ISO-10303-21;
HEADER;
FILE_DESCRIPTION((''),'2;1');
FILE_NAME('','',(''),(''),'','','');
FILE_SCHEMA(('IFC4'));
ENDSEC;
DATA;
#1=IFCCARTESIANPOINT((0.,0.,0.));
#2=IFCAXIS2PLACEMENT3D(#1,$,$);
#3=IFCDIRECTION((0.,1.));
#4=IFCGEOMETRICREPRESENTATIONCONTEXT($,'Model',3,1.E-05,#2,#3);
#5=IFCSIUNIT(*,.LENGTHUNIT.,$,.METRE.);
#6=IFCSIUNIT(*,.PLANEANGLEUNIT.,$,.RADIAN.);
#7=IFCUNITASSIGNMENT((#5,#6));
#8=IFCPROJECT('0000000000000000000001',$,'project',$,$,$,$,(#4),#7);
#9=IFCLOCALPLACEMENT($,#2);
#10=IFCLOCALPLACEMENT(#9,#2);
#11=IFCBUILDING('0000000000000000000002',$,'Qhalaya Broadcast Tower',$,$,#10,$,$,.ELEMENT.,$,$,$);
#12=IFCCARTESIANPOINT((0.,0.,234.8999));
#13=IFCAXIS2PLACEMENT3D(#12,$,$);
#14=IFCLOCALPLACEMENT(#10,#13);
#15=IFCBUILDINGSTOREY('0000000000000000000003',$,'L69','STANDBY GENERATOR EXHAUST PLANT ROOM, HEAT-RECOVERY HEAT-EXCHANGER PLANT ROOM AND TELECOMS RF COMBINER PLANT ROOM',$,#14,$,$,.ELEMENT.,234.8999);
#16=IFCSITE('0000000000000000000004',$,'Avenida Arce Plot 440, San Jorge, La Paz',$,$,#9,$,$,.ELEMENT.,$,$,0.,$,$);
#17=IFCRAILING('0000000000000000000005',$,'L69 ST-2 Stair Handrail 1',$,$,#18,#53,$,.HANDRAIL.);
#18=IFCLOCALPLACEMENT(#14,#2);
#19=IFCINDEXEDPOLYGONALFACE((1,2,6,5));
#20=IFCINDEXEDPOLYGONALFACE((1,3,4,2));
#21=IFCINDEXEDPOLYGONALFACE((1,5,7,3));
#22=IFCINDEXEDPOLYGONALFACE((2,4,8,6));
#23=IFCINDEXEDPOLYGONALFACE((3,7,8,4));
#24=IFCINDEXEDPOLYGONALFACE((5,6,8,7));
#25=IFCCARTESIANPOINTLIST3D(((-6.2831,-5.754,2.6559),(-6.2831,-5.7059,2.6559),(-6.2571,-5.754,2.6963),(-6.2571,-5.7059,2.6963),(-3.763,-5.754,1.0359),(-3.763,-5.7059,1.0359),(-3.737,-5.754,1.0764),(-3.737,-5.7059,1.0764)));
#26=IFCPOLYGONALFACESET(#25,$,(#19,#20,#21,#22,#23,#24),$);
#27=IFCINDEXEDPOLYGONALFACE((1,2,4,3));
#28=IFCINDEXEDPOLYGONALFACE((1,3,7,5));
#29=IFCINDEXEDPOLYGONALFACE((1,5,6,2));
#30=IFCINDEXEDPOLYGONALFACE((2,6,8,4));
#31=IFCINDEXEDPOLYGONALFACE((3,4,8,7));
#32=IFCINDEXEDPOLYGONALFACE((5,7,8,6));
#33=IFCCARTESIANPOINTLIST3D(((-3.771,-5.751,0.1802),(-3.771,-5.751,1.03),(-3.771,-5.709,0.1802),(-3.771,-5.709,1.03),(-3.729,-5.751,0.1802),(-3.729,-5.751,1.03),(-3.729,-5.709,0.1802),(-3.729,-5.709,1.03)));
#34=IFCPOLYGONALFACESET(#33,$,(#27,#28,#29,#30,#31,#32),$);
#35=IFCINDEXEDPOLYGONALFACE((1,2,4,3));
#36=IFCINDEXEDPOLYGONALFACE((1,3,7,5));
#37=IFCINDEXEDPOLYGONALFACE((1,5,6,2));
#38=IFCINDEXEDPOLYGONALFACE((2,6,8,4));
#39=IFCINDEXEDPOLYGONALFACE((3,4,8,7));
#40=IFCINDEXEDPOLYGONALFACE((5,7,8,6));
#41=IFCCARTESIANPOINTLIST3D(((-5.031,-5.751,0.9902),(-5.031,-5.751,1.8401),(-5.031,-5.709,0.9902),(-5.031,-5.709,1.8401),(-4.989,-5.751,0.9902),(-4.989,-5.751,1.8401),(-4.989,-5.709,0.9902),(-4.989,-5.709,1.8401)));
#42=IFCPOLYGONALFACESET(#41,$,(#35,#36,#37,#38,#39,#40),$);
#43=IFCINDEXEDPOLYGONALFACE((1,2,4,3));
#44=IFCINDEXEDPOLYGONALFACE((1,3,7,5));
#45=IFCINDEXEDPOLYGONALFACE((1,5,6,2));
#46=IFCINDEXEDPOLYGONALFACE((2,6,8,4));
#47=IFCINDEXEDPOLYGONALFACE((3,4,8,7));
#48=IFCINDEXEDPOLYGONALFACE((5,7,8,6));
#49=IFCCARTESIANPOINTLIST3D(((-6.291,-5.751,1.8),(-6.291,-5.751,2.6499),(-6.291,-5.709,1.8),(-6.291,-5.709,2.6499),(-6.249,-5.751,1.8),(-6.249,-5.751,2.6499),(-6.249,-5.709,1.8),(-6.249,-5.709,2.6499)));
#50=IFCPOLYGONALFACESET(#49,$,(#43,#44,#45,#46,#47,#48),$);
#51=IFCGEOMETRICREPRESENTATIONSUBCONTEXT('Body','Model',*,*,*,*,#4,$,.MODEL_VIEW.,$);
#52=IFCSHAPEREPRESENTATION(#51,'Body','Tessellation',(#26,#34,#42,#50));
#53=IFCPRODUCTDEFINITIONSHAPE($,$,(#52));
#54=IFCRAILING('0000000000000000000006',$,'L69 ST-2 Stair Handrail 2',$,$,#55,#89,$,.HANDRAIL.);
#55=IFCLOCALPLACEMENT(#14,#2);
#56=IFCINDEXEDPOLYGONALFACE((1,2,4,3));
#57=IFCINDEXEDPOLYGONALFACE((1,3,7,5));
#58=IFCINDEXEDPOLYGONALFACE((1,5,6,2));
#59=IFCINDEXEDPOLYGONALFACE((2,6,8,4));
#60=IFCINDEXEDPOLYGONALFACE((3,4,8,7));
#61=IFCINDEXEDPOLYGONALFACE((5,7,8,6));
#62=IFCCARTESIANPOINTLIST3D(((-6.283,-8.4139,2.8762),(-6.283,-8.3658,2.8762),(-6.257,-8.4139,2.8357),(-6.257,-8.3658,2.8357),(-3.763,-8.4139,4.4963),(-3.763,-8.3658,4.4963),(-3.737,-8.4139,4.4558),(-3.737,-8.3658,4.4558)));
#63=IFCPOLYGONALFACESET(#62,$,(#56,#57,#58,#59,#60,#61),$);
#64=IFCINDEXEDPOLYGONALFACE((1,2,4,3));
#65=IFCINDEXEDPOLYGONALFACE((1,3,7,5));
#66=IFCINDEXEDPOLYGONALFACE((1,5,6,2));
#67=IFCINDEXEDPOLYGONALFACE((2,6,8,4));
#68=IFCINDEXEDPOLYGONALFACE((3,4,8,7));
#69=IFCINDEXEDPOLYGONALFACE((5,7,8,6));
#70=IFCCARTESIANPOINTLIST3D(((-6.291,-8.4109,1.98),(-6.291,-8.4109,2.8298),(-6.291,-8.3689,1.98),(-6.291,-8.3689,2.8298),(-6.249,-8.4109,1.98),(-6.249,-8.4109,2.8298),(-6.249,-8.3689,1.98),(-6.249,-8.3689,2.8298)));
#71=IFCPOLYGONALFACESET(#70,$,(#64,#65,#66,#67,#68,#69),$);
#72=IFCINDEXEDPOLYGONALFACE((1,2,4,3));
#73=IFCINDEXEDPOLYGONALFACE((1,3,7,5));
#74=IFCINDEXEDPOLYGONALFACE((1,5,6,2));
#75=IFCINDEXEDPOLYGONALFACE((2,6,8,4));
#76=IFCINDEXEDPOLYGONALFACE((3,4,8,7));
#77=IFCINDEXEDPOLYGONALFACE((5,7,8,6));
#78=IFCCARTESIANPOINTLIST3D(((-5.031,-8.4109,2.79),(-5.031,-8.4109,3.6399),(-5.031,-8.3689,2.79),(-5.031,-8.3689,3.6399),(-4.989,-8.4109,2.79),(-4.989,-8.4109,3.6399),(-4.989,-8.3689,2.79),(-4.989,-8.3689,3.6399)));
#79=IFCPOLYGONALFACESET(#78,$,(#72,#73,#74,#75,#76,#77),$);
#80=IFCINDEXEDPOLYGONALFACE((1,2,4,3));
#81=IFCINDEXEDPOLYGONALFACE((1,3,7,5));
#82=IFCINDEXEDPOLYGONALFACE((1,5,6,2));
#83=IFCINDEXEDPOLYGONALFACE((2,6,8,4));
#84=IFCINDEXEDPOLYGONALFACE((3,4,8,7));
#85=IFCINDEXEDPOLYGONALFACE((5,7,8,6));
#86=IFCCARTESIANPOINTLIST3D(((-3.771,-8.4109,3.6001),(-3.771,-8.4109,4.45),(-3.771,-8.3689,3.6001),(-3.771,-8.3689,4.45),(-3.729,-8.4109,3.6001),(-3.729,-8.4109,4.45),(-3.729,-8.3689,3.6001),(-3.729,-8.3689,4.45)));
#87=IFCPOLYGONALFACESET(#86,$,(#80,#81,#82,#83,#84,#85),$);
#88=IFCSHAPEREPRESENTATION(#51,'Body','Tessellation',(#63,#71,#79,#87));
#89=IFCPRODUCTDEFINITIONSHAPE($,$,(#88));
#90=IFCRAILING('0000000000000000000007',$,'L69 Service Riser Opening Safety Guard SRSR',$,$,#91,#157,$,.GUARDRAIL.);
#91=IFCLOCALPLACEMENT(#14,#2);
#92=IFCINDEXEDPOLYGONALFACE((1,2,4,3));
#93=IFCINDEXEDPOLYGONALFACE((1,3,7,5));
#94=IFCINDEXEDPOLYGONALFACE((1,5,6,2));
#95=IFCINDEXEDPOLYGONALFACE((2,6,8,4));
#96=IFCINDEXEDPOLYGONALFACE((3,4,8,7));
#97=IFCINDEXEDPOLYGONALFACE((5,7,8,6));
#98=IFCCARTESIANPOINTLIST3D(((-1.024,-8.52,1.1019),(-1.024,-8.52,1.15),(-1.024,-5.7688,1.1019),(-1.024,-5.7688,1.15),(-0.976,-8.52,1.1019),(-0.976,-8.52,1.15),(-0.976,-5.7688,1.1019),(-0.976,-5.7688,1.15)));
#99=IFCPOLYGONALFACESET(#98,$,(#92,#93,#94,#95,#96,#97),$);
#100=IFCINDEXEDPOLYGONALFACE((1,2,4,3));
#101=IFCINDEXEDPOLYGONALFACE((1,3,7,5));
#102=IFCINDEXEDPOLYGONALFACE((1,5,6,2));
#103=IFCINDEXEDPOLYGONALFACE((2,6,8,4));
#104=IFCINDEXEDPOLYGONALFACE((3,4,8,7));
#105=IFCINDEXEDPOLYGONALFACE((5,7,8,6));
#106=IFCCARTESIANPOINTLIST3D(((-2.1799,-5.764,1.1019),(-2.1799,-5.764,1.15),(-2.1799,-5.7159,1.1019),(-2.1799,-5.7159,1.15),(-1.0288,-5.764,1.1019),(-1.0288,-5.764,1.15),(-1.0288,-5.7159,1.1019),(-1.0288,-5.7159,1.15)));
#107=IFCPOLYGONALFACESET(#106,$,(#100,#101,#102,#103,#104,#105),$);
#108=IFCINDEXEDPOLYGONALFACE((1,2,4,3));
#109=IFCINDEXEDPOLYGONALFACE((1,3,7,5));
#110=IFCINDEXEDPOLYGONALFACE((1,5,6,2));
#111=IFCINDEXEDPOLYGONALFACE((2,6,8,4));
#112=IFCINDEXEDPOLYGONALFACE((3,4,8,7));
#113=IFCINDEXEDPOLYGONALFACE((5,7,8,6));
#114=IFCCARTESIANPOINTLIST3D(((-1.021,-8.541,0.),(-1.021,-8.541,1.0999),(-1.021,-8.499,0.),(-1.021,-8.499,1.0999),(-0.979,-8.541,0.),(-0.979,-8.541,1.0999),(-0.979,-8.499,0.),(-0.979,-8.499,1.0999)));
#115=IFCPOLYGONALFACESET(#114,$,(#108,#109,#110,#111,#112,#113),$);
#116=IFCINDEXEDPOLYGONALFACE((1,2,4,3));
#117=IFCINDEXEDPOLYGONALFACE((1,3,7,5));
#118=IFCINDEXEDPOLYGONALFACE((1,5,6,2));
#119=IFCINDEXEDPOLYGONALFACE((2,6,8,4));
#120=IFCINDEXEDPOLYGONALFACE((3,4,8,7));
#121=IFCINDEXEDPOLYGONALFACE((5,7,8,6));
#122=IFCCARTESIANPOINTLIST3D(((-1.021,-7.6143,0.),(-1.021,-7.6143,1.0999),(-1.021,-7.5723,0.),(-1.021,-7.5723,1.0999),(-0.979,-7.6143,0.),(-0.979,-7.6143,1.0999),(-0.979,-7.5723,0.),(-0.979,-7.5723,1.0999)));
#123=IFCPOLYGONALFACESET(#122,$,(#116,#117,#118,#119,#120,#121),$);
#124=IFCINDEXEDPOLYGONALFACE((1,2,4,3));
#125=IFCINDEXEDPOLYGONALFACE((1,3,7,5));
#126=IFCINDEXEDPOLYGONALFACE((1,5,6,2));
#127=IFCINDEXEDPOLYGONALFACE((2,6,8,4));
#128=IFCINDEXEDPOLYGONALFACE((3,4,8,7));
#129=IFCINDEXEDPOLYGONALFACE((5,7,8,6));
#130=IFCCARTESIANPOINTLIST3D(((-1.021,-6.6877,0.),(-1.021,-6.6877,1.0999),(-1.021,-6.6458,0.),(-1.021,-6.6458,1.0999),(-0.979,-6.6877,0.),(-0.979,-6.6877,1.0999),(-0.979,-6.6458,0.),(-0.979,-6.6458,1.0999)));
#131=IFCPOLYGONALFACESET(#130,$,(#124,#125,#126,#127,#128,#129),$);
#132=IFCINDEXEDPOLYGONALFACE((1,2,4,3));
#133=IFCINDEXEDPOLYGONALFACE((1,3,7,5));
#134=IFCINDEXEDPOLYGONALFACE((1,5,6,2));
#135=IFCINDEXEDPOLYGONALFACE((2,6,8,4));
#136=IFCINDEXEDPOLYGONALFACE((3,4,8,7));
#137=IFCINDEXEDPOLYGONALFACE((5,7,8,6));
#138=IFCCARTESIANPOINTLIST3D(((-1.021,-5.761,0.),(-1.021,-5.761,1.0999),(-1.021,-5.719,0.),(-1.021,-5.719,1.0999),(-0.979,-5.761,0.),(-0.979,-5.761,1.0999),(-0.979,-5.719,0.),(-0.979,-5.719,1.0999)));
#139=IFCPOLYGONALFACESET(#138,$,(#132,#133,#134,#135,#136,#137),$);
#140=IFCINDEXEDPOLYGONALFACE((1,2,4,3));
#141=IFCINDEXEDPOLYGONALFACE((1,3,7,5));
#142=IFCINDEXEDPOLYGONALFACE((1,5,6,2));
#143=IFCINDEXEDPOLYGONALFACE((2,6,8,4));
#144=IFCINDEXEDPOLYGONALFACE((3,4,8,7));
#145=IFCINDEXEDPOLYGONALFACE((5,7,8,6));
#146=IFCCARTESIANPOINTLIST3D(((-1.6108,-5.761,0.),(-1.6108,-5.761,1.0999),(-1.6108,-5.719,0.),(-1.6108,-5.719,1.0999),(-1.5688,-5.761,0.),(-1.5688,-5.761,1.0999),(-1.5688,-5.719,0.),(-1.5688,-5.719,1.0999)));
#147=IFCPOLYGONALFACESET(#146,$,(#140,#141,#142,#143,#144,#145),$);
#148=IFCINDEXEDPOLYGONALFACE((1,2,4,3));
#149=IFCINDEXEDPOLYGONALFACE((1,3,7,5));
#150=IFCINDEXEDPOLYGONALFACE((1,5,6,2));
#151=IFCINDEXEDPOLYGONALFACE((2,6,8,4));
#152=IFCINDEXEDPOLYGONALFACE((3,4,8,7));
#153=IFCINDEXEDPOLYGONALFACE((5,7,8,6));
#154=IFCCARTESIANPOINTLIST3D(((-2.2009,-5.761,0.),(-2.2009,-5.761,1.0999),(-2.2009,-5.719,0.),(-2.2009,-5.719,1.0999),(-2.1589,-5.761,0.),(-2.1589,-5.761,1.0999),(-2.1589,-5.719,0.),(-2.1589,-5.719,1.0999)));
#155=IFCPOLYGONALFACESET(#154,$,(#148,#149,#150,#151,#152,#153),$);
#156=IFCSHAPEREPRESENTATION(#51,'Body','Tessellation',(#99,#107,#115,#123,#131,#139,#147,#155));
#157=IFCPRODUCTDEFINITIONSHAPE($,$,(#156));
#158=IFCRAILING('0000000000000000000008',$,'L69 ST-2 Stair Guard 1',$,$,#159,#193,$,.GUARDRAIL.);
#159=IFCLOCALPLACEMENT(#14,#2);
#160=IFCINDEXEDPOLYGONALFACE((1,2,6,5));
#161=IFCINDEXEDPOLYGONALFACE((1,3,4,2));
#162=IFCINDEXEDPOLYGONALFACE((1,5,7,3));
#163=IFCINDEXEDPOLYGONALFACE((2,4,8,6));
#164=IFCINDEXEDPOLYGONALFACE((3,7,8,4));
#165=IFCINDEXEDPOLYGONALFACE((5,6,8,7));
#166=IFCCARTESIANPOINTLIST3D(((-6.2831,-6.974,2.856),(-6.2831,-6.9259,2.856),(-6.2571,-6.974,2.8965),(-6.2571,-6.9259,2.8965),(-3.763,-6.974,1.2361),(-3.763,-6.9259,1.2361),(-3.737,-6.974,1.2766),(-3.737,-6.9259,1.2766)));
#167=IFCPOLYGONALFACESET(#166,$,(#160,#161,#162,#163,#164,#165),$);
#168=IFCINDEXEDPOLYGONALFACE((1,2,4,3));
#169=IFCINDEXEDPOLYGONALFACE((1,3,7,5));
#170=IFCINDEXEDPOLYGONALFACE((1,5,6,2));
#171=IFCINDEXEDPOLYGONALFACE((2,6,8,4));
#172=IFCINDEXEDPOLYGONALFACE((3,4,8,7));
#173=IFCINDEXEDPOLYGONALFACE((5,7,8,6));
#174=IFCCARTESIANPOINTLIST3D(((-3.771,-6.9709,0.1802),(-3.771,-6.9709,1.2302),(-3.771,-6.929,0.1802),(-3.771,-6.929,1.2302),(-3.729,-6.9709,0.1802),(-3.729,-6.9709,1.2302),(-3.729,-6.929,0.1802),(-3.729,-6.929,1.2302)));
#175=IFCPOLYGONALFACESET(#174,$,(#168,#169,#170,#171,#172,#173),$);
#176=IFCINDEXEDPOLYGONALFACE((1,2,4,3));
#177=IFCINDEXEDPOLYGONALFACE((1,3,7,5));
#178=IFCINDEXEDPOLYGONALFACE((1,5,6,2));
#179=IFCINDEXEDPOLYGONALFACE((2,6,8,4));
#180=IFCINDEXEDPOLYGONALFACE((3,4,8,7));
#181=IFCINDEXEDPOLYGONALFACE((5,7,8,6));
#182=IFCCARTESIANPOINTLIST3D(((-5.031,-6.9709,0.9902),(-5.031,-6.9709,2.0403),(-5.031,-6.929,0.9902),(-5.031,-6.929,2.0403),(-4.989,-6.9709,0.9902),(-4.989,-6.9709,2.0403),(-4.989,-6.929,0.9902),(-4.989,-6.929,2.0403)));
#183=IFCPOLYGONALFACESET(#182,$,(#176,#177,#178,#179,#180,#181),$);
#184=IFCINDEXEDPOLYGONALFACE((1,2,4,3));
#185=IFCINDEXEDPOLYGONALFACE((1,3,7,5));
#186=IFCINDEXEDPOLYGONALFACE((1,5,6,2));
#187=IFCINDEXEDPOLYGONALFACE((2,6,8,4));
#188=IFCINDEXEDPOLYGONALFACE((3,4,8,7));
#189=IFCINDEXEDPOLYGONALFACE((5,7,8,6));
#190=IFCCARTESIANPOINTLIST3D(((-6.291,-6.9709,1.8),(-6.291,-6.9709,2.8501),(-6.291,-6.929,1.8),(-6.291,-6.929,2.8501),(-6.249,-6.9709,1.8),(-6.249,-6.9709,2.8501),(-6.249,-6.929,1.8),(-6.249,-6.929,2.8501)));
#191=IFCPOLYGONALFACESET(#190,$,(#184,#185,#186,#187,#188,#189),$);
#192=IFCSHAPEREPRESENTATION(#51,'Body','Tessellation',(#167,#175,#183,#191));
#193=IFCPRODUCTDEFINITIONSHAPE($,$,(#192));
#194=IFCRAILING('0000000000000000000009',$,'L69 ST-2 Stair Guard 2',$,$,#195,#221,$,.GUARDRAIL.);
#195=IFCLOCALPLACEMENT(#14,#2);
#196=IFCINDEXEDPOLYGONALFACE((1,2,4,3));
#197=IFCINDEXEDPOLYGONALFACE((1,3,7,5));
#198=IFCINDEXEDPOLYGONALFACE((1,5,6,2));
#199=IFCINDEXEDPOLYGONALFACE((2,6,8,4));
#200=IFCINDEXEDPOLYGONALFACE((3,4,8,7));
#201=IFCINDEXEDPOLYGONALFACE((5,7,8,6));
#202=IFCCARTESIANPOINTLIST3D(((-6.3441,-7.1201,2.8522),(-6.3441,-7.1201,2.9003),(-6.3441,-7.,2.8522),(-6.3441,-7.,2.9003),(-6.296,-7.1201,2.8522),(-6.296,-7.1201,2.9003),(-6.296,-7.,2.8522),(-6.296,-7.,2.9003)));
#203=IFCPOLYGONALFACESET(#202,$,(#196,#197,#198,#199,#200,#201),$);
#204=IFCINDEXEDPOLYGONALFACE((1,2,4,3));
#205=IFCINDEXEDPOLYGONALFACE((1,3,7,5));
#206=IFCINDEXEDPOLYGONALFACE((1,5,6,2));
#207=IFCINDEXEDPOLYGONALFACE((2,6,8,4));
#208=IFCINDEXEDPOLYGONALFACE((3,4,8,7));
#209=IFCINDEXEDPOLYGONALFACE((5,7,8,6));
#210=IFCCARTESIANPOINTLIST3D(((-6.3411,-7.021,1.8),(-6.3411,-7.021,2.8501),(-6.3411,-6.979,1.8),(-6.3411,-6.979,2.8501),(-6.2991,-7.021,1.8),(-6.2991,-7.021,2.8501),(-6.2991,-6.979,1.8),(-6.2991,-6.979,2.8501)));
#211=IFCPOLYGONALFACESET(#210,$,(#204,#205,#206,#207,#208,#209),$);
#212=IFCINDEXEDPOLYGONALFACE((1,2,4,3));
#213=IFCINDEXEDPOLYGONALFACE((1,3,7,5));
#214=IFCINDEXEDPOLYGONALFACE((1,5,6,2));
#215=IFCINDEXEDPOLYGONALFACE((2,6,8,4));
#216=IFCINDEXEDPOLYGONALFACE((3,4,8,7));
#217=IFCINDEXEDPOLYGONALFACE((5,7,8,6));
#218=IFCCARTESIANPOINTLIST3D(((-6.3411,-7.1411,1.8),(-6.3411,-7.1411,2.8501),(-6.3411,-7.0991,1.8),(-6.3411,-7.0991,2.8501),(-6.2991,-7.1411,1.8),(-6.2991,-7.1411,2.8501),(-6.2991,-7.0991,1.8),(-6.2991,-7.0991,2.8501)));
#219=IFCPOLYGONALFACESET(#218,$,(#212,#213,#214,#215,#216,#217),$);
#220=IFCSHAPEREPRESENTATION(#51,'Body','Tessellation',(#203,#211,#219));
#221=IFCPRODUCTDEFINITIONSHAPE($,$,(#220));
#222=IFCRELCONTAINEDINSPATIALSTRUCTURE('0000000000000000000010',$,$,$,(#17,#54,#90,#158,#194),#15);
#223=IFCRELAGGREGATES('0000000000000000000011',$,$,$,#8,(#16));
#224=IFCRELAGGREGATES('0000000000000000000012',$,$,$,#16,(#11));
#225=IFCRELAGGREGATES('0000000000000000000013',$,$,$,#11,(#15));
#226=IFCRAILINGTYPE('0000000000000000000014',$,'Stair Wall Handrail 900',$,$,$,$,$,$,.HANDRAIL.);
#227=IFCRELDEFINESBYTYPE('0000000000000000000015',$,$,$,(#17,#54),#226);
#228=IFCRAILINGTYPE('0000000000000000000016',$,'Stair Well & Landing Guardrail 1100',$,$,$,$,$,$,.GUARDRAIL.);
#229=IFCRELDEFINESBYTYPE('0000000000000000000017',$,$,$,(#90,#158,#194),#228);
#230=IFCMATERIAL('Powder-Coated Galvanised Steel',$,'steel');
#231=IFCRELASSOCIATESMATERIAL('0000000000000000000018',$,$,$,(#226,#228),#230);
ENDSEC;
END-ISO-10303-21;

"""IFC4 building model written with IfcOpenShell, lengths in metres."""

from ifc_helpers import new_model, si_unit, direction, frame, origin, origin_2d, place, context, subcontext, project, spatial, rectangle, extrude, material, type_object, element, save


model = new_model("IFC4")

# Units and contexts
model_context = context("Model", 3, precision=1e-05, world=origin(), true_north=direction((0.0, 1.0)))
body_context = subcontext(model_context, "Body", "Model", "MODEL_VIEW")
ifc_project = project(units=[si_unit("LENGTHUNIT", "METRE"), si_unit("PLANEANGLEUNIT", "RADIAN")], contexts=[model_context])

# Site, building, storey
site_placement = place(None, origin())
site = spatial("IfcSite", under=ifc_project, at=site_placement, Name="Avenida Arce Plot 440, San Jorge, La Paz", CompositionType="ELEMENT", RefElevation=0.0)
building_placement = place(site_placement, origin())
building = spatial("IfcBuilding", under=site, at=building_placement, Name="Qhalaya Broadcast Tower", CompositionType="ELEMENT")
storey_placement = place(building_placement, frame((0.0, 0.0, 234.8999)))
storey = spatial("IfcBuildingStorey", under=building, at=storey_placement, Name="L69", Description="STANDBY GENERATOR EXHAUST PLANT ROOM, HEAT-RECOVERY HEAT-EXCHANGER PLANT ROOM AND TELECOMS RF COMBINER PLANT ROOM", CompositionType="ELEMENT", Elevation=234.8999)

# Railings
ifc_material_1 = material(Name="Powder-Coated Galvanised Steel", Category="steel")
railing_type_1 = type_object("IfcRailingType", Name="Stair Wall Handrail 900", PredefinedType="HANDRAIL", material=ifc_material_1)
railing_1_placement = place(storey_placement, frame((-3.75, -5.73, 0.1802)))
element("IfcRailing", 1, at=railing_1_placement, inside=storey, type_object=railing_type_1, Name="L69 ST-2 Stair Handrail 1", PredefinedType="HANDRAIL", context=body_context, shape_type="SweptSolid", body=[
    extrude(rectangle(XDim=0.0481, YDim=0.0481, at=origin_2d()), frame((0.0, 0.0, 0.876), z_axis=(-0.8412, 0.0, 0.540725), x_axis=(0.0, -1.0, 0.0)), (0.0, 0.0, 1.0), 2.9958),
    extrude(rectangle(XDim=0.042, YDim=0.042, at=origin_2d()), origin(), (0.0, 0.0, 1.0), 0.8499),
    extrude(rectangle(XDim=0.042, YDim=0.042, at=origin_2d()), frame((-1.26, 0.0, 0.8101)), (0.0, 0.0, 1.0), 0.8499),
    extrude(rectangle(XDim=0.042, YDim=0.042, at=origin_2d()), frame((-2.52, 0.0, 1.6199)), (0.0, 0.0, 1.0), 0.8499),
])
railing_2_placement = place(storey_placement, frame((-6.27, -8.3899, 1.98)))
element("IfcRailing", 2, at=railing_2_placement, inside=storey, type_object=railing_type_1, Name="L69 ST-2 Stair Handrail 2", PredefinedType="HANDRAIL", context=body_context, shape_type="SweptSolid", body=[
    extrude(rectangle(XDim=0.0481, YDim=0.0481, at=origin_2d()), frame((0.0, 0.0, 0.876), z_axis=(0.841163, 0.0, 0.540782), x_axis=(0.0, 1.0, 0.0)), (0.0, 0.0, 1.0), 2.9958),
    extrude(rectangle(XDim=0.042, YDim=0.042, at=origin_2d()), origin(), (0.0, 0.0, 1.0), 0.8499),
    extrude(rectangle(XDim=0.042, YDim=0.042, at=origin_2d()), frame((1.26, 0.0, 0.8101)), (0.0, 0.0, 1.0), 0.8499),
    extrude(rectangle(XDim=0.042, YDim=0.042, at=origin_2d()), frame((2.52, 0.0, 1.6201)), (0.0, 0.0, 1.0), 0.8499),
])
railing_type_2 = type_object("IfcRailingType", Name="Stair Well & Landing Guardrail 1100", PredefinedType="GUARDRAIL", material=ifc_material_1)
railing_3_placement = place(storey_placement, frame((-1.0, -8.52, 0.0)))
element("IfcRailing", 3, at=railing_3_placement, inside=storey, type_object=railing_type_2, Name="L69 Service Riser Opening Safety Guard SRSR", PredefinedType="GUARDRAIL", context=body_context, shape_type="SweptSolid", body=[
    extrude(rectangle(XDim=0.0481, YDim=0.0481, at=origin_2d()), frame((0.0, 0.0, 1.126), z_axis=(0.0, 1.0, 0.0), x_axis=(-1.0, 0.0, 0.0)), (0.0, 0.0, 1.0), 2.7512),
    extrude(rectangle(XDim=0.0481, YDim=0.0481, at=origin_2d()), frame((-0.0288, 2.78, 1.126), z_axis=(-1.0, 0.0, 0.0), x_axis=(0.0, -1.0, 0.0)), (0.0, 0.0, 1.0), 1.1511),
    extrude(rectangle(XDim=0.042, YDim=0.042, at=origin_2d()), origin(), (0.0, 0.0, 1.0), 1.0999),
    extrude(rectangle(XDim=0.042, YDim=0.042, at=origin_2d()), frame((0.0, 0.9268, 0.0)), (0.0, 0.0, 1.0), 1.0999),
    extrude(rectangle(XDim=0.042, YDim=0.042, at=origin_2d()), frame((0.0, 1.8533, 0.0)), (0.0, 0.0, 1.0), 1.0999),
    extrude(rectangle(XDim=0.042, YDim=0.042, at=origin_2d()), frame((0.0, 2.78, 0.0)), (0.0, 0.0, 1.0), 1.0999),
    extrude(rectangle(XDim=0.042, YDim=0.042, at=origin_2d()), frame((-0.5898, 2.78, 0.0)), (0.0, 0.0, 1.0), 1.0999),
    extrude(rectangle(XDim=0.042, YDim=0.042, at=origin_2d()), frame((-1.1799, 2.78, 0.0)), (0.0, 0.0, 1.0), 1.0999),
])
railing_4_placement = place(storey_placement, frame((-3.75, -6.95, 0.1802)))
element("IfcRailing", 4, at=railing_4_placement, inside=storey, type_object=railing_type_2, Name="L69 ST-2 Stair Guard 1", PredefinedType="GUARDRAIL", context=body_context, shape_type="SweptSolid", body=[
    extrude(rectangle(XDim=0.0481, YDim=0.0481, at=origin_2d()), frame((0.0, 0.0, 1.0762), z_axis=(-0.8412, 0.0, 0.540725), x_axis=(0.0, -1.0, 0.0)), (0.0, 0.0, 1.0), 2.9958),
    extrude(rectangle(XDim=0.042, YDim=0.042, at=origin_2d()), origin(), (0.0, 0.0, 1.0), 1.05),
    extrude(rectangle(XDim=0.042, YDim=0.042, at=origin_2d()), frame((-1.26, 0.0, 0.8101)), (0.0, 0.0, 1.0), 1.05),
    extrude(rectangle(XDim=0.042, YDim=0.042, at=origin_2d()), frame((-2.52, 0.0, 1.6199)), (0.0, 0.0, 1.0), 1.05),
])
railing_5_placement = place(storey_placement, frame((-6.3201, -7.0, 1.8)))
element("IfcRailing", 5, at=railing_5_placement, inside=storey, type_object=railing_type_2, Name="L69 ST-2 Stair Guard 2", PredefinedType="GUARDRAIL", context=body_context, shape_type="SweptSolid", body=[
    extrude(rectangle(XDim=0.0481, YDim=0.0481, at=origin_2d()), frame((0.0, 0.0, 1.0762), z_axis=(0.0, -1.0, 0.0), x_axis=(1.0, 0.0, 0.0)), (0.0, 0.0, 1.0), 0.1201),
    extrude(rectangle(XDim=0.042, YDim=0.042, at=origin_2d()), origin(), (0.0, 0.0, 1.0), 1.05),
    extrude(rectangle(XDim=0.042, YDim=0.042, at=origin_2d()), frame((0.0, -0.1201, 0.0)), (0.0, 0.0, 1.0), 1.05),
])

save(model, "model.ifc")
